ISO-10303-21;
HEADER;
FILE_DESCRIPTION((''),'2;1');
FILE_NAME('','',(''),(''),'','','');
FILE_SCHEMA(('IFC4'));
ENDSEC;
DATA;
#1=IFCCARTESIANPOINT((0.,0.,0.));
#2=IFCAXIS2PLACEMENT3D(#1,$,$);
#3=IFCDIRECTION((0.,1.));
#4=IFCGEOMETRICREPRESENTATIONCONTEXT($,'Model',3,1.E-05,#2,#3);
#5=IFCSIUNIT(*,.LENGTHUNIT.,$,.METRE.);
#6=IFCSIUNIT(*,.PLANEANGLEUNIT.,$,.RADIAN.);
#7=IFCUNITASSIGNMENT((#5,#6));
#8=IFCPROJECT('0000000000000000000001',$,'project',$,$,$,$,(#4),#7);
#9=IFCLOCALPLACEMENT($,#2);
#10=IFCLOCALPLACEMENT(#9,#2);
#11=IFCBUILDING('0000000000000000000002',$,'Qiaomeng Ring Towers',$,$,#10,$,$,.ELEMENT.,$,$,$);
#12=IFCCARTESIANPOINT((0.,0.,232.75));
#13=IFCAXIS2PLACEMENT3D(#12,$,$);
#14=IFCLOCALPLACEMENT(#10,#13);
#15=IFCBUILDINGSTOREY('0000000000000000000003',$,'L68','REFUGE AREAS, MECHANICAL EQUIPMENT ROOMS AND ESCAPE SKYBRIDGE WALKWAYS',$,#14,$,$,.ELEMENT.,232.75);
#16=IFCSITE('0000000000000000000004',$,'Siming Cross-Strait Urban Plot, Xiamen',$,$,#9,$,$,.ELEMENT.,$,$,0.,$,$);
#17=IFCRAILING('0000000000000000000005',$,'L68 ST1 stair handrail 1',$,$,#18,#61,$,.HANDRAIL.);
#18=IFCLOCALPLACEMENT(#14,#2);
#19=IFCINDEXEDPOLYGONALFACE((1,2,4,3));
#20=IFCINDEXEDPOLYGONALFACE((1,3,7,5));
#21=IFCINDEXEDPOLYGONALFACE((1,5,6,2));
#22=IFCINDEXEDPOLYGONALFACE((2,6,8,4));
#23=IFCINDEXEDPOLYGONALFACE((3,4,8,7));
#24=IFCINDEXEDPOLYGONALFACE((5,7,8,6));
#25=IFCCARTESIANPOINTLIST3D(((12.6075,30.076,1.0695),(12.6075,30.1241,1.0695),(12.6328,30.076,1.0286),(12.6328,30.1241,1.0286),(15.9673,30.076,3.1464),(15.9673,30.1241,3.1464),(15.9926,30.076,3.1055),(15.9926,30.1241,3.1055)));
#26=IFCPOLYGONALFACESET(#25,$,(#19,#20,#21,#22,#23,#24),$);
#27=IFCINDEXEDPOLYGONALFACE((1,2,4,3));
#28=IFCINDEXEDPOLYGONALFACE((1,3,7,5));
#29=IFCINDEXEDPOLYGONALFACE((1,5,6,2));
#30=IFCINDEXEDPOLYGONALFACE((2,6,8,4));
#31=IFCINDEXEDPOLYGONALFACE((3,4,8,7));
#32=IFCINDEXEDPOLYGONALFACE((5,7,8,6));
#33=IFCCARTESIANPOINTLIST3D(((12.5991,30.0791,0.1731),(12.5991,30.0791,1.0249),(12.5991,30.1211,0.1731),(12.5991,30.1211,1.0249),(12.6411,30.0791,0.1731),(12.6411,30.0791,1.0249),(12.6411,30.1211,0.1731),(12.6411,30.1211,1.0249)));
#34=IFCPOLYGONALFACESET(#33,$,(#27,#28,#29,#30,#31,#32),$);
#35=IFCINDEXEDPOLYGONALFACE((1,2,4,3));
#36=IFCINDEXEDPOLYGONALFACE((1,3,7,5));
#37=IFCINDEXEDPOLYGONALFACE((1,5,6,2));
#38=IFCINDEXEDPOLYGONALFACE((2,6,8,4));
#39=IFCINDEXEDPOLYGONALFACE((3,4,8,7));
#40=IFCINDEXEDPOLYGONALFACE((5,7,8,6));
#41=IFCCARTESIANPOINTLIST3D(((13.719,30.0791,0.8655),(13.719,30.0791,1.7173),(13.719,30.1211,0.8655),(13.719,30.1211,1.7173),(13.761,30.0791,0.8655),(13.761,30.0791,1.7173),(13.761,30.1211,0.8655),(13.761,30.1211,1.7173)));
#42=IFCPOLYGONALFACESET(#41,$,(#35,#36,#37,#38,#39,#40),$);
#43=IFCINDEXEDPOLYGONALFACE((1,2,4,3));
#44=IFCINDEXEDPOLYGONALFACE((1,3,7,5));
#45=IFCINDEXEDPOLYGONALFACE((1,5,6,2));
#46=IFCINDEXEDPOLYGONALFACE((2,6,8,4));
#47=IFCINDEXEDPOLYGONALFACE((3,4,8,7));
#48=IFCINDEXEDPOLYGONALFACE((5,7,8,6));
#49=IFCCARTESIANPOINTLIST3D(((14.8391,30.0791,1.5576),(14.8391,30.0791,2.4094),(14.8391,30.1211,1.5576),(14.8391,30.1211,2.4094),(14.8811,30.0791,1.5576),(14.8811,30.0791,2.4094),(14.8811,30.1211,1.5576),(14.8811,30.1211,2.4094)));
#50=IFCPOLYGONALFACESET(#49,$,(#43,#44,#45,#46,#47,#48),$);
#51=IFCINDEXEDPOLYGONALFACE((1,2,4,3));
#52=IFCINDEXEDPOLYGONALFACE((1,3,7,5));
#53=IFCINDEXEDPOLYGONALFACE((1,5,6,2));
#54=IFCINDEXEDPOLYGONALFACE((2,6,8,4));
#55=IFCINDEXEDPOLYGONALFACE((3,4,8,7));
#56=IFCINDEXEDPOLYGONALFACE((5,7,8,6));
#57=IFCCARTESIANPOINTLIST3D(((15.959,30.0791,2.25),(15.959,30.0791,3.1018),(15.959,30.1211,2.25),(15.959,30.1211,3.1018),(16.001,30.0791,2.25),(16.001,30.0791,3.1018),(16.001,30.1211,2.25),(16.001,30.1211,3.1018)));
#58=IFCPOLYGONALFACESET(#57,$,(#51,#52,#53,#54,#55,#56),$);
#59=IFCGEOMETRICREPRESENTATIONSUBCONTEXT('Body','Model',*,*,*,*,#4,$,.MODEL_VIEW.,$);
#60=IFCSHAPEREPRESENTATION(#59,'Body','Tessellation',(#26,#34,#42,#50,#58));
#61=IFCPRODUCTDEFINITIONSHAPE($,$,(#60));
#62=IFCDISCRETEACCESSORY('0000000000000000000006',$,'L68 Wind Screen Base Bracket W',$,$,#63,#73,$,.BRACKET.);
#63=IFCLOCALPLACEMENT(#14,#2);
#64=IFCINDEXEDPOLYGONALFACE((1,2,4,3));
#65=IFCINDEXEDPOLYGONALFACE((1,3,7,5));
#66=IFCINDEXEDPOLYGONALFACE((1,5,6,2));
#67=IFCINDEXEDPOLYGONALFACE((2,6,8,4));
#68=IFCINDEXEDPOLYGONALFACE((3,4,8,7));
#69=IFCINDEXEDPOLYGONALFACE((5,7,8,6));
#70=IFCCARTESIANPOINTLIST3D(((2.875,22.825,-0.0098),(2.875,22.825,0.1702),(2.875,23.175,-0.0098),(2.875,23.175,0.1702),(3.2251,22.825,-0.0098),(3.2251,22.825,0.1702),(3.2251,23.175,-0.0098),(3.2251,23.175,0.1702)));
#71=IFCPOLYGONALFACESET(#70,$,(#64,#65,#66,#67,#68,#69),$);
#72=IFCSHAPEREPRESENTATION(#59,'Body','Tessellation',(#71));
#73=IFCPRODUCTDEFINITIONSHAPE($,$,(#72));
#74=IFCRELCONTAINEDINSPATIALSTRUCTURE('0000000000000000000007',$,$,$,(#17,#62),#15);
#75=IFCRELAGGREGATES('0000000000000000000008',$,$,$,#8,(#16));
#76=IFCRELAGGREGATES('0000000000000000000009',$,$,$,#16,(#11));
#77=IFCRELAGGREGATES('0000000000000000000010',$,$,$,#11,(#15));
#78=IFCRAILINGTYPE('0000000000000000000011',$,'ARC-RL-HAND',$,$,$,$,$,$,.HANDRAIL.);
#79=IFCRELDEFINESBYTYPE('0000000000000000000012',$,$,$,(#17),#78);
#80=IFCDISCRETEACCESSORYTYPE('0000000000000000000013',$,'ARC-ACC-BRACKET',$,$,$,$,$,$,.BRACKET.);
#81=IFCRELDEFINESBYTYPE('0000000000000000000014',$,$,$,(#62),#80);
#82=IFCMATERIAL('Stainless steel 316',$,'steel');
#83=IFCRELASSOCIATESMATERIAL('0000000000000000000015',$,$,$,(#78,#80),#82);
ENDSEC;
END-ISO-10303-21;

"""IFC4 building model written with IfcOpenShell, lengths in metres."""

from ifc_helpers import new_model, si_unit, direction, frame, origin, origin_2d, place, context, subcontext, project, spatial, rectangle, extrude, source, transform, mapped, material, type_object, element, save


model = new_model("IFC4")

# Units and contexts
model_context = context("Model", 3, precision=1e-05, world=origin(), true_north=direction((0.0, 1.0)))
body_context = subcontext(model_context, "Body", "Model", "MODEL_VIEW")
ifc_project = project(units=[si_unit("LENGTHUNIT", "METRE"), si_unit("PLANEANGLEUNIT", "RADIAN")], contexts=[model_context])

# Site, building, storey
site_placement = place(None, origin())
site = spatial("IfcSite", under=ifc_project, at=site_placement, Name="Siming Cross-Strait Urban Plot, Xiamen", CompositionType="ELEMENT", RefElevation=0.0)
building_placement = place(site_placement, origin())
building = spatial("IfcBuilding", under=site, at=building_placement, Name="Qiaomeng Ring Towers", CompositionType="ELEMENT")
storey_placement = place(building_placement, frame((0.0, 0.0, 232.75)))
storey = spatial("IfcBuildingStorey", under=building, at=storey_placement, Name="L68", Description="REFUGE AREAS, MECHANICAL EQUIPMENT ROOMS AND ESCAPE SKYBRIDGE WALKWAYS", CompositionType="ELEMENT", Elevation=232.75)

# Shared definitions
ifc_material_1 = material(Name="Stainless steel 316", Category="steel")

# Railing
railing_type_1 = type_object("IfcRailingType", Name="ARC-RL-HAND", PredefinedType="HANDRAIL", material=ifc_material_1)
railing_1_placement = place(storey_placement, frame((12.6201, 30.1001, 0.1731)))
element("IfcRailing", 1, at=railing_1_placement, inside=storey, type_object=railing_type_1, Name="L68 ST1 stair handrail 1", PredefinedType="HANDRAIL", context=body_context, shape_type="SweptSolid", body=[
    extrude(rectangle(XDim=0.0481, YDim=0.0481, at=origin_2d()), frame((0.0, 0.0, 0.876), z_axis=(0.850606, 0.0, 0.525803), x_axis=(0.0, 1.0, 0.0)), (0.0, 0.0, 1.0), 3.95),
    extrude(rectangle(XDim=0.042, YDim=0.042, at=origin_2d()), origin(), (0.0, 0.0, 1.0), 0.8518),
    extrude(rectangle(XDim=0.042, YDim=0.042, at=origin_2d()), frame((1.1199, 0.0, 0.6924)), (0.0, 0.0, 1.0), 0.8518),
    extrude(rectangle(XDim=0.042, YDim=0.042, at=origin_2d()), frame((2.24, 0.0, 1.3845)), (0.0, 0.0, 1.0), 0.8518),
    extrude(rectangle(XDim=0.042, YDim=0.042, at=origin_2d()), frame((3.3599, 0.0, 2.0769)), (0.0, 0.0, 1.0), 0.8518),
])

# Discrete accessory
discrete_accessory_type = type_object("IfcDiscreteAccessoryType", Name="ARC-ACC-BRACKET", PredefinedType="BRACKET", material=ifc_material_1)
shared_shape_1 = source(origin(), body_context, "Body", "SweptSolid", [
    extrude(rectangle(XDim=0.3501, YDim=0.3501, at=origin_2d()), origin(), (0.0, 0.0, 1.0), 0.1799),
])
discrete_accessory_placement = place(storey_placement, frame((3.05, 23.0, -0.0098), z_axis=(0.0, 0.0, 1.0), x_axis=(0.0, -1.0, 0.0)))
element("IfcDiscreteAccessory", 2, at=discrete_accessory_placement, inside=storey, type_object=discrete_accessory_type, Name="L68 Wind Screen Base Bracket W", PredefinedType="BRACKET", context=body_context, shape_type="MappedRepresentation", body=[
    mapped(shared_shape_1, transform((0.0, 0.0, 0.0), x_axis=(1.0, 0.0, 0.0), y_axis=(0.0, 1.0, 0.0), z_axis=(0.0, 0.0, 1.0), scale=1.0)),
])

save(model, "model.ifc")
